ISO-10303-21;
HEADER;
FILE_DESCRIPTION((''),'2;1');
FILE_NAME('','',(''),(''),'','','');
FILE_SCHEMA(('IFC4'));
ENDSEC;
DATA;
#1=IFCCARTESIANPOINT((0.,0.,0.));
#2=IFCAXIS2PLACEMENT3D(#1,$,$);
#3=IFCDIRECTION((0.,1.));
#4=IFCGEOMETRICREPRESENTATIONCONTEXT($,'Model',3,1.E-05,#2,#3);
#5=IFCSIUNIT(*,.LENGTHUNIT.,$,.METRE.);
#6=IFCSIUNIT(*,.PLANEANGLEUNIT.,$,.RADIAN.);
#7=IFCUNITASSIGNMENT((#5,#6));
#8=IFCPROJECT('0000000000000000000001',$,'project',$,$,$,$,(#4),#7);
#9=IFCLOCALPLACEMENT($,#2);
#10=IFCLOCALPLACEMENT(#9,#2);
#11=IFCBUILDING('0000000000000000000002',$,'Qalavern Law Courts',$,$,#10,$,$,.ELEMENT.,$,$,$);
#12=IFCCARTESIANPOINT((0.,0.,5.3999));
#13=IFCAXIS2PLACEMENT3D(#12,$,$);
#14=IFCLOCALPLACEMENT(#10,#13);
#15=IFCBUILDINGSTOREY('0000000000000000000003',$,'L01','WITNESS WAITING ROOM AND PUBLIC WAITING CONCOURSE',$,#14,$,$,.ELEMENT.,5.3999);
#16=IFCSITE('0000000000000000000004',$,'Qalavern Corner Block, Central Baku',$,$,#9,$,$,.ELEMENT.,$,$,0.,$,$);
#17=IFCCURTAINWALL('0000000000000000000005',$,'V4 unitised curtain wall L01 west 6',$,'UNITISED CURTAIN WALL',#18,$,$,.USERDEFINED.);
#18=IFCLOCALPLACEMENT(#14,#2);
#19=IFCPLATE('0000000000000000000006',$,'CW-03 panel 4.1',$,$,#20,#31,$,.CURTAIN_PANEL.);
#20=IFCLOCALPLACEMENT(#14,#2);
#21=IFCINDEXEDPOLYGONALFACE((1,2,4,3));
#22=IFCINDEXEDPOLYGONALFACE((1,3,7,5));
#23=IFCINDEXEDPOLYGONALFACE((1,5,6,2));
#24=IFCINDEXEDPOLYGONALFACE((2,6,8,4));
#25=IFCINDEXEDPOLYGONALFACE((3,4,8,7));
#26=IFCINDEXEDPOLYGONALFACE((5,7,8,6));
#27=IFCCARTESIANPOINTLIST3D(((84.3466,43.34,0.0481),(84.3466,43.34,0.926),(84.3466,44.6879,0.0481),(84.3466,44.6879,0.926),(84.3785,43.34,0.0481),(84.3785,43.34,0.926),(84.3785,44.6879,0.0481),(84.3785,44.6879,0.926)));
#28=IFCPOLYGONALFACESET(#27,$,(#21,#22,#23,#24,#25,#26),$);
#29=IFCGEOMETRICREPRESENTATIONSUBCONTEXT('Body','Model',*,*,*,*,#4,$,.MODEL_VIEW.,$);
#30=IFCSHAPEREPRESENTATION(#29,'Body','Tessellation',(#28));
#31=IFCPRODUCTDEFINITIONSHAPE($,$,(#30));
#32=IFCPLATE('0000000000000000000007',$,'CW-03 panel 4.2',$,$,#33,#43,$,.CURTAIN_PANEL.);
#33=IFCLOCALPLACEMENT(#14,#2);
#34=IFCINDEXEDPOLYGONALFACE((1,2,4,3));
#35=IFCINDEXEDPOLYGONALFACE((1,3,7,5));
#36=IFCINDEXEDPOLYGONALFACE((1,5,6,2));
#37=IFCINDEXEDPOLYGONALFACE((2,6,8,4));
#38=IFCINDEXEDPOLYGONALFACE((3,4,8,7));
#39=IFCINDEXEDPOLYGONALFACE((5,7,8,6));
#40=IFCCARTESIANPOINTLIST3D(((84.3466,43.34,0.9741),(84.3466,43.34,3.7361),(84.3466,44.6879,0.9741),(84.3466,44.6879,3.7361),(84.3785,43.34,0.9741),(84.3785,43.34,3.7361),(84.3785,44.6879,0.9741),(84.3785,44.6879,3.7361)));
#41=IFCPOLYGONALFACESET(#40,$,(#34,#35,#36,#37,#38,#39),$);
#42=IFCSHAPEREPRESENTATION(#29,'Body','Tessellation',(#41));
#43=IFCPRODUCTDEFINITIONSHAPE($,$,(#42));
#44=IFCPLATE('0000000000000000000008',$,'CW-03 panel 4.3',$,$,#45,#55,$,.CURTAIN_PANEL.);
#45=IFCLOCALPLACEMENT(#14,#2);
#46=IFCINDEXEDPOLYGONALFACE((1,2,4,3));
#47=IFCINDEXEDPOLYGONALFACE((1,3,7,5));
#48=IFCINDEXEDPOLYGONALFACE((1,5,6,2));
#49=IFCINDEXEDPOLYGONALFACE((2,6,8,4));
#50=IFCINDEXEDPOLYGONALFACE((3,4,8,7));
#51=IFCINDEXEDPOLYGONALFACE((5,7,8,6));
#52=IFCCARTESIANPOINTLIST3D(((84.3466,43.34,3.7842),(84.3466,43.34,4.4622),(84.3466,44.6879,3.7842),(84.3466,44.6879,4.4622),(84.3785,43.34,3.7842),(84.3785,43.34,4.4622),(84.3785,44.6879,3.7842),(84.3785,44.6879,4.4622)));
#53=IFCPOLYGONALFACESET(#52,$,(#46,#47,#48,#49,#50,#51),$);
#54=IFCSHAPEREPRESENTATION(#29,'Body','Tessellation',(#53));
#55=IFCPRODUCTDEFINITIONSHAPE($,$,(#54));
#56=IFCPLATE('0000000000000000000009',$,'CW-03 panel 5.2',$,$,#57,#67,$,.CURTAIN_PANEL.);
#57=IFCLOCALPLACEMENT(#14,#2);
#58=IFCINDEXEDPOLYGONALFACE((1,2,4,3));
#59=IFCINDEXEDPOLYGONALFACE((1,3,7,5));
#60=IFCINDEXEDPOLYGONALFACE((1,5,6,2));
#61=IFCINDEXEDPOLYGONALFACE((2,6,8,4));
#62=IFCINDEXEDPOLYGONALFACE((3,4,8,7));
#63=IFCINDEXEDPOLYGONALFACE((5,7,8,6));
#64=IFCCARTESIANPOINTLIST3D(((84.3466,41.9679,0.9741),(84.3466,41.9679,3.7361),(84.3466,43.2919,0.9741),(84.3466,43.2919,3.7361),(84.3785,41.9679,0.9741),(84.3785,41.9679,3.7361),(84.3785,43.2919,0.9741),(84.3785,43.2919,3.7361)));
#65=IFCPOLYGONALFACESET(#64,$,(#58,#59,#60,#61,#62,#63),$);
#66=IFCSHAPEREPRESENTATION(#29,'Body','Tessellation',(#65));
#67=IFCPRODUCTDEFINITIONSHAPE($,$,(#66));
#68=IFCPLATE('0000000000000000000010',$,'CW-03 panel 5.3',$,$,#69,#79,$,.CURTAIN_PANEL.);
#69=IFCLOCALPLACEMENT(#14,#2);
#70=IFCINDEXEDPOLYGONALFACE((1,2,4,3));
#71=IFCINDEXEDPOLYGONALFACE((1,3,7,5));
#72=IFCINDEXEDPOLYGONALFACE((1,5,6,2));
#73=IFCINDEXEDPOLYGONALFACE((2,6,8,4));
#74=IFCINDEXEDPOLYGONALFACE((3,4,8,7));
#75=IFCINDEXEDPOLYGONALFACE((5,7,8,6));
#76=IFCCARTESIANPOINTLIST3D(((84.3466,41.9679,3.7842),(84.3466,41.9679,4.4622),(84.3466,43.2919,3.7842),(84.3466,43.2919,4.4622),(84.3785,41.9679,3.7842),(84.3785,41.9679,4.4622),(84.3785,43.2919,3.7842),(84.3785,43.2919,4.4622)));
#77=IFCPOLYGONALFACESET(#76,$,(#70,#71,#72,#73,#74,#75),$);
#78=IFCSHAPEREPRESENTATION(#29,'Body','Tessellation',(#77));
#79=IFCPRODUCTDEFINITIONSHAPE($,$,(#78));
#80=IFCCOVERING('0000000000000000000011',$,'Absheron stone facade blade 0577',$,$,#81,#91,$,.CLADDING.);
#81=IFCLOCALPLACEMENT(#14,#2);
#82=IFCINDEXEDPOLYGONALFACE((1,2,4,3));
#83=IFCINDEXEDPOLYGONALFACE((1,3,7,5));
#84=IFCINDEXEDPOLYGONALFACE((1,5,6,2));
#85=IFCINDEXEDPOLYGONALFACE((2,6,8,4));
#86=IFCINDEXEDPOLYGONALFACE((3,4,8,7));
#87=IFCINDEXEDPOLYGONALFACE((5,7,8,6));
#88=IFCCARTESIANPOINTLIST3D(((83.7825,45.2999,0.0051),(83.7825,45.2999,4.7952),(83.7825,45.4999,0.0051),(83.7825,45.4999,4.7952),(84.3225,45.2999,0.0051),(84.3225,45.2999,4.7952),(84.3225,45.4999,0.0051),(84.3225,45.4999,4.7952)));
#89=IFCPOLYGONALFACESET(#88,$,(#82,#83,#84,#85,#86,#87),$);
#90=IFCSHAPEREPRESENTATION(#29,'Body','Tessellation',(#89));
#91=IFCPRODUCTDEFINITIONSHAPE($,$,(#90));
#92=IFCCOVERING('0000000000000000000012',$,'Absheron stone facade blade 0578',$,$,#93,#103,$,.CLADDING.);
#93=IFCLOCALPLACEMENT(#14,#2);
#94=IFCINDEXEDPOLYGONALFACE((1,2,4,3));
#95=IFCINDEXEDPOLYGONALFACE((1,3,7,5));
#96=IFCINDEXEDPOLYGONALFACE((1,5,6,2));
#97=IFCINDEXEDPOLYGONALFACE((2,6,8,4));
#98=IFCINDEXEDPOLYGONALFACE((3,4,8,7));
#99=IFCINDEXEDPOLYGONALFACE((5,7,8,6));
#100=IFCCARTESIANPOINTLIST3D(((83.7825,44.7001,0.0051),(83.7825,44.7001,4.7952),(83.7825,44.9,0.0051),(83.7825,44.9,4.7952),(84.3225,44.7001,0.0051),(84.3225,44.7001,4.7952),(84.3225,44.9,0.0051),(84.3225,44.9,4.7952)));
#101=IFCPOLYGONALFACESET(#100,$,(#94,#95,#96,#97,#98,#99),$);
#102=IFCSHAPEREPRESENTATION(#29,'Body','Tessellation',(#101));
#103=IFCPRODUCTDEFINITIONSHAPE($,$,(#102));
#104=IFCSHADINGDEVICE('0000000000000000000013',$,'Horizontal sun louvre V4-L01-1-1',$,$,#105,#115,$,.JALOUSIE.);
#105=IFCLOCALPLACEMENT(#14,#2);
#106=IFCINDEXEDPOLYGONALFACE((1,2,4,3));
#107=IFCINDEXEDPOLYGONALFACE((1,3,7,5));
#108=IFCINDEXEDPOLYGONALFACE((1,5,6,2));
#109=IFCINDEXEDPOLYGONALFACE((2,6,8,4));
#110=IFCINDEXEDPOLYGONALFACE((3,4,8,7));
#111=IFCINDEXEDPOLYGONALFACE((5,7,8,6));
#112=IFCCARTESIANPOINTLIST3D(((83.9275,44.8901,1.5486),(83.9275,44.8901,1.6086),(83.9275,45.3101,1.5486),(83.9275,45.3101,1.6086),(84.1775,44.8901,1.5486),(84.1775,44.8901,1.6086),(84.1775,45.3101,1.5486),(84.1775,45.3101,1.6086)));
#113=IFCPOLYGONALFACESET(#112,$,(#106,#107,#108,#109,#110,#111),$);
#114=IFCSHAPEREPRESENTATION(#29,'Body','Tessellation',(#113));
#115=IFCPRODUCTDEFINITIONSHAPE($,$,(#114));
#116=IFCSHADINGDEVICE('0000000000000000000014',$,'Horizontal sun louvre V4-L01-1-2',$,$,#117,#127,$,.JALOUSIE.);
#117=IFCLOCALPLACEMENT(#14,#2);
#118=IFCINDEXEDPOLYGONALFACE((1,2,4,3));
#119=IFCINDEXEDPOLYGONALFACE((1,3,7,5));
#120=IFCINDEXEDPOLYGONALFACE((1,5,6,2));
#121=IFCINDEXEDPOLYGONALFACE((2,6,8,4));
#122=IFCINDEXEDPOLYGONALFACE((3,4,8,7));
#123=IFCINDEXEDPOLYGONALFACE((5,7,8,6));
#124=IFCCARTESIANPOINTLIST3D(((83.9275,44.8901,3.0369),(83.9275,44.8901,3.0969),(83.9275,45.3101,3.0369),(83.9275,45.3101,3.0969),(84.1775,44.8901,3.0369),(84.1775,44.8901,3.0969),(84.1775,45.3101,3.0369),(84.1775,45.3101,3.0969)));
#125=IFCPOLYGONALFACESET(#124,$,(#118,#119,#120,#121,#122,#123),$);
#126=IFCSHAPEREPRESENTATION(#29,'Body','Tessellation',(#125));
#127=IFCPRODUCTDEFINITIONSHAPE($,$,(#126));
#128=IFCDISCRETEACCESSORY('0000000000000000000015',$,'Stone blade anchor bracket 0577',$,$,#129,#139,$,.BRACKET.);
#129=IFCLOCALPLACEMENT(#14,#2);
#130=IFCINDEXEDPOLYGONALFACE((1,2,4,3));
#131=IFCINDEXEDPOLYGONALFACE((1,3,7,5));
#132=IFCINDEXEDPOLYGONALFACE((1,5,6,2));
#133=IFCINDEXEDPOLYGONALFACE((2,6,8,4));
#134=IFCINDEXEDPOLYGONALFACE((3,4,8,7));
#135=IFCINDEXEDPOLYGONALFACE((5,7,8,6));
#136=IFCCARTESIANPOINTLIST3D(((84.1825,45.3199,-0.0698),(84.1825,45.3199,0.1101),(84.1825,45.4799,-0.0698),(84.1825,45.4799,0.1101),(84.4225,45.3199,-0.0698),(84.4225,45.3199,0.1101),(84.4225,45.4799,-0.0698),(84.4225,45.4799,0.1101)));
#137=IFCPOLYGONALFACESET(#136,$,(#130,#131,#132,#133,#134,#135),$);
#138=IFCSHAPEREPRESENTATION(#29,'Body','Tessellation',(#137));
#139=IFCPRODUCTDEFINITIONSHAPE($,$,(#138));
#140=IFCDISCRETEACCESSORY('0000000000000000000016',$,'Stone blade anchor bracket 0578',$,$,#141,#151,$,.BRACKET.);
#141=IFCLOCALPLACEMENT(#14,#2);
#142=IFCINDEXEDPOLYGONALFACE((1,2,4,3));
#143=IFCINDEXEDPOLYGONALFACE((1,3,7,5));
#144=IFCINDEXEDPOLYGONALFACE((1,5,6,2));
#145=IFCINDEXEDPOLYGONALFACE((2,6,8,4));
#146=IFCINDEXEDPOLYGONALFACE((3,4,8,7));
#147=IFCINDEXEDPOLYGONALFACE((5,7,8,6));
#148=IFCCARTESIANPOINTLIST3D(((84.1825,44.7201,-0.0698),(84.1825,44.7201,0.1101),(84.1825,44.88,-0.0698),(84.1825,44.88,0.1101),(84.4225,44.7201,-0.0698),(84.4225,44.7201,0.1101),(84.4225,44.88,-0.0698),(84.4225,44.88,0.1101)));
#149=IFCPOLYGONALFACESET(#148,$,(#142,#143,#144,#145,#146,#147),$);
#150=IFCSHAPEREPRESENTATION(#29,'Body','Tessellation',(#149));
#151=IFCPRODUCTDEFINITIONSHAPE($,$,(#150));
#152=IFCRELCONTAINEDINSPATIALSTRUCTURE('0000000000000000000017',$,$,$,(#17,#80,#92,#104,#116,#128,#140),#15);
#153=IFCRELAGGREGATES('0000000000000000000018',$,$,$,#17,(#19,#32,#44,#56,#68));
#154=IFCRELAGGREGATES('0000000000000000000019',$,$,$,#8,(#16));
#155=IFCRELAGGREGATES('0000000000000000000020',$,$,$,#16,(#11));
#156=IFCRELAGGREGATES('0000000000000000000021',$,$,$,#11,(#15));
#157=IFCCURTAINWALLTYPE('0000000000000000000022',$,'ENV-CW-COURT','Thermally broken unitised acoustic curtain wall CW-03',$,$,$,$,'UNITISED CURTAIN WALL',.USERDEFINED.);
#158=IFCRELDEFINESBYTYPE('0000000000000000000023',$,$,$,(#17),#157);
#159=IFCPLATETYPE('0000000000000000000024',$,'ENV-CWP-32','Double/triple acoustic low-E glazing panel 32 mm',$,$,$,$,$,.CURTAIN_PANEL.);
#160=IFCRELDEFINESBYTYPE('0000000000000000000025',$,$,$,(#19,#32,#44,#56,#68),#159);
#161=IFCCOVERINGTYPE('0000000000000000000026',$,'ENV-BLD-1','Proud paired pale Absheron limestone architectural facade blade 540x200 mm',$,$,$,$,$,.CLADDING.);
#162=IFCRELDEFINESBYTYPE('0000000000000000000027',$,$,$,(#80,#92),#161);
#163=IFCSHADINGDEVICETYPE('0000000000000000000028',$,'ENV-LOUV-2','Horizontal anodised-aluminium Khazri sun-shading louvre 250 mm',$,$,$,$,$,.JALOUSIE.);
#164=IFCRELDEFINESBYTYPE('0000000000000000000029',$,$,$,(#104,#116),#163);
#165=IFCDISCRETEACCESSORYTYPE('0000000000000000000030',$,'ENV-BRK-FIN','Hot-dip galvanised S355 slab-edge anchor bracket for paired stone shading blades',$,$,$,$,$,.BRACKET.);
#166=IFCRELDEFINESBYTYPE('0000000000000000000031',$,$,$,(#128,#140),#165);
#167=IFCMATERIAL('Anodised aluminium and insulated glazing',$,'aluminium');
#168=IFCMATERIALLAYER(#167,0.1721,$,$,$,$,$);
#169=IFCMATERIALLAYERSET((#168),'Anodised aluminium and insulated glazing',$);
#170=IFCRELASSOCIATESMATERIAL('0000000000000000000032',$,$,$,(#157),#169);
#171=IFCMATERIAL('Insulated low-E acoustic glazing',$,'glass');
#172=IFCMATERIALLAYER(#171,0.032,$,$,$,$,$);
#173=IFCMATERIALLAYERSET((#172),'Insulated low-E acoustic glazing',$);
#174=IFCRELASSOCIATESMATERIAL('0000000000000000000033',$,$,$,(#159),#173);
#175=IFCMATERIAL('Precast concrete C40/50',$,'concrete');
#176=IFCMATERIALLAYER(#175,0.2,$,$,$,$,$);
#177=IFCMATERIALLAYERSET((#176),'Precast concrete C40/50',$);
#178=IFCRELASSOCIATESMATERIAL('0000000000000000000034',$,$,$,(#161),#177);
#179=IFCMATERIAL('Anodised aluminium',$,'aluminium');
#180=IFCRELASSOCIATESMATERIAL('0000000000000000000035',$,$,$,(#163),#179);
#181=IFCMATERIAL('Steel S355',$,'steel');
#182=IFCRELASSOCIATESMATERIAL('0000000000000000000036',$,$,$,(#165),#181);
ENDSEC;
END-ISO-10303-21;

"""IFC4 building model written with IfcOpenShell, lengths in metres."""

from ifc_helpers import new_model, si_unit, direction, frame, origin, origin_2d, place, context, subcontext, project, spatial, rectangle, extrude, material, layer, layer_set, type_object, element, aggregate, save


model = new_model("IFC4")

# Units and contexts
model_context = context("Model", 3, precision=1e-05, world=origin(), true_north=direction((0.0, 1.0)))
body_context = subcontext(model_context, "Body", "Model", "MODEL_VIEW")
ifc_project = project(units=[si_unit("LENGTHUNIT", "METRE"), si_unit("PLANEANGLEUNIT", "RADIAN")], contexts=[model_context])

# Site, building, storey
site_placement = place(None, origin())
site = spatial("IfcSite", under=ifc_project, at=site_placement, Name="Qalavern Corner Block, Central Baku", CompositionType="ELEMENT", RefElevation=0.0)
building_placement = place(site_placement, origin())
building = spatial("IfcBuilding", under=site, at=building_placement, Name="Qalavern Law Courts", CompositionType="ELEMENT")
storey_placement = place(building_placement, frame((0.0, 0.0, 5.3999)))
storey = spatial("IfcBuildingStorey", under=building, at=storey_placement, Name="L01", Description="WITNESS WAITING ROOM AND PUBLIC WAITING CONCOURSE", CompositionType="ELEMENT", Elevation=5.3999)

# Curtain wall, plates
ifc_material_1 = material(Name="Anodised aluminium and insulated glazing", Category="aluminium")
ifc_layer_1 = layer(ifc_material_1, 0.1721)
ifc_layer_set_1 = layer_set([ifc_layer_1], Name="Anodised aluminium and insulated glazing")
curtain_wall_type = type_object("IfcCurtainWallType", Name="ENV-CW-COURT", Description="Thermally broken unitised acoustic curtain wall CW-03", ElementType="UNITISED CURTAIN WALL", PredefinedType="USERDEFINED", material=ifc_layer_set_1)
curtain_wall_placement = place(storey_placement, origin())
curtain_wall = element("IfcCurtainWall", 1, at=curtain_wall_placement, inside=storey, type_object=curtain_wall_type, Name="V4 unitised curtain wall L01 west 6", ObjectType="UNITISED CURTAIN WALL", PredefinedType="USERDEFINED")
ifc_material_2 = material(Name="Anodised aluminium", Category="aluminium")
ifc_material_3 = material(Name="Insulated low-E acoustic glazing", Category="glass")
ifc_layer_2 = layer(ifc_material_3, 0.032)
ifc_layer_set_2 = layer_set([ifc_layer_2], Name="Insulated low-E acoustic glazing")
plate_type = type_object("IfcPlateType", Name="ENV-CWP-32", Description="Double/triple acoustic low-E glazing panel 32 mm", PredefinedType="CURTAIN_PANEL", material=ifc_layer_set_2)
plate_1_placement = place(storey_placement, frame((84.3625, 44.0139, 0.0481), z_axis=(0.0, 0.0, 1.0), x_axis=(0.0, -1.0, 0.0)))
plate_1 = element("IfcPlate", 2, at=plate_1_placement, type_object=plate_type, Name="CW-03 panel 4.1", PredefinedType="CURTAIN_PANEL", context=body_context, shape_type="SweptSolid", body=[
    extrude(rectangle(XDim=1.3479, YDim=0.032, at=origin_2d()), origin(), (0.0, 0.0, 1.0), 0.8779),
])
plate_2_placement = place(storey_placement, frame((84.3625, 44.0139, 0.9741), z_axis=(0.0, 0.0, 1.0), x_axis=(0.0, -1.0, 0.0)))
plate_2 = element("IfcPlate", 3, at=plate_2_placement, type_object=plate_type, Name="CW-03 panel 4.2", PredefinedType="CURTAIN_PANEL", context=body_context, shape_type="SweptSolid", body=[
    extrude(rectangle(XDim=1.3479, YDim=0.032, at=origin_2d()), origin(), (0.0, 0.0, 1.0), 2.762),
])
plate_3_placement = place(storey_placement, frame((84.3625, 44.0139, 3.7842), z_axis=(0.0, 0.0, 1.0), x_axis=(0.0, -1.0, 0.0)))
plate_3 = element("IfcPlate", 4, at=plate_3_placement, type_object=plate_type, Name="CW-03 panel 4.3", PredefinedType="CURTAIN_PANEL", context=body_context, shape_type="SweptSolid", body=[
    extrude(rectangle(XDim=1.3479, YDim=0.032, at=origin_2d()), origin(), (0.0, 0.0, 1.0), 0.678),
])
plate_4_placement = place(storey_placement, frame((84.3625, 42.6299, 0.9741), z_axis=(0.0, 0.0, 1.0), x_axis=(0.0, -1.0, 0.0)))
plate_4 = element("IfcPlate", 5, at=plate_4_placement, type_object=plate_type, Name="CW-03 panel 5.2", PredefinedType="CURTAIN_PANEL", context=body_context, shape_type="SweptSolid", body=[
    extrude(rectangle(XDim=1.324, YDim=0.032, at=origin_2d()), origin(), (0.0, 0.0, 1.0), 2.762),
])
plate_5_placement = place(storey_placement, frame((84.3625, 42.6299, 3.7842), z_axis=(0.0, 0.0, 1.0), x_axis=(0.0, -1.0, 0.0)))
plate_5 = element("IfcPlate", 6, at=plate_5_placement, type_object=plate_type, Name="CW-03 panel 5.3", PredefinedType="CURTAIN_PANEL", context=body_context, shape_type="SweptSolid", body=[
    extrude(rectangle(XDim=1.324, YDim=0.032, at=origin_2d()), origin(), (0.0, 0.0, 1.0), 0.678),
])
aggregate(curtain_wall, [plate_1, plate_2, plate_3, plate_4, plate_5])

# Coverings
ifc_material_4 = material(Name="Precast concrete C40/50", Category="concrete")
ifc_layer_3 = layer(ifc_material_4, 0.2)
ifc_layer_set_3 = layer_set([ifc_layer_3], Name="Precast concrete C40/50")
covering_type = type_object("IfcCoveringType", Name="ENV-BLD-1", Description="Proud paired pale Absheron limestone architectural facade blade 540x200 mm", PredefinedType="CLADDING", material=ifc_layer_set_3)
for number, where, z_axis, x_axis, name in (
    (7, (84.0525, 45.3999, 0.0051), (0.0, 0.0, 1.0), (-1.0, 0.0, 0.0), "Absheron stone facade blade 0577"),
    (8, (84.0525, 44.8, 0.0051), (0.0, 0.0, 1.0), (-1.0, 0.0, 0.0), "Absheron stone facade blade 0578"),
):
    element("IfcCovering", number, at=place(storey_placement, frame(where, z_axis=z_axis, x_axis=x_axis)), inside=storey, type_object=covering_type, Name=name, PredefinedType="CLADDING", context=body_context, shape_type="SweptSolid", body=[
        extrude(rectangle(XDim=0.54, YDim=0.2, at=origin_2d()), origin(), (0.0, 0.0, 1.0), 4.79),
    ])

# Shading devices
shading_device_type = type_object("IfcShadingDeviceType", Name="ENV-LOUV-2", Description="Horizontal anodised-aluminium Khazri sun-shading louvre 250 mm", PredefinedType="JALOUSIE", material=ifc_material_2)
for number, where, z_axis, x_axis, name in (
    (9, (84.0525, 45.1001, 1.5486), (0.0, 0.0, 1.0), (0.0, -1.0, 0.0), "Horizontal sun louvre V4-L01-1-1"),
    (10, (84.0525, 45.1001, 3.0369), (0.0, 0.0, 1.0), (0.0, -1.0, 0.0), "Horizontal sun louvre V4-L01-1-2"),
):
    element("IfcShadingDevice", number, at=place(storey_placement, frame(where, z_axis=z_axis, x_axis=x_axis)), inside=storey, type_object=shading_device_type, Name=name, PredefinedType="JALOUSIE", context=body_context, shape_type="SweptSolid", body=[
        extrude(rectangle(XDim=0.4199, YDim=0.25, at=origin_2d()), origin(), (0.0, 0.0, 1.0), 0.0601),
    ])

# Discrete accessories
ifc_material_5 = material(Name="Steel S355", Category="steel")
discrete_accessory_type = type_object("IfcDiscreteAccessoryType", Name="ENV-BRK-FIN", Description="Hot-dip galvanised S355 slab-edge anchor bracket for paired stone shading blades", PredefinedType="BRACKET", material=ifc_material_5)
for number, where, z_axis, x_axis, name in (
    (11, (84.3025, 45.3999, -0.0698), (0.0, 0.0, 1.0), (-1.0, 0.0, 0.0), "Stone blade anchor bracket 0577"),
    (12, (84.3025, 44.8, -0.0698), (0.0, 0.0, 1.0), (-1.0, 0.0, 0.0), "Stone blade anchor bracket 0578"),
):
    element("IfcDiscreteAccessory", number, at=place(storey_placement, frame(where, z_axis=z_axis, x_axis=x_axis)), inside=storey, type_object=discrete_accessory_type, Name=name, PredefinedType="BRACKET", context=body_context, shape_type="SweptSolid", body=[
        extrude(rectangle(XDim=0.24, YDim=0.1599, at=origin_2d()), origin(), (0.0, 0.0, 1.0), 0.1799),
    ])

save(model, "model.ifc")
